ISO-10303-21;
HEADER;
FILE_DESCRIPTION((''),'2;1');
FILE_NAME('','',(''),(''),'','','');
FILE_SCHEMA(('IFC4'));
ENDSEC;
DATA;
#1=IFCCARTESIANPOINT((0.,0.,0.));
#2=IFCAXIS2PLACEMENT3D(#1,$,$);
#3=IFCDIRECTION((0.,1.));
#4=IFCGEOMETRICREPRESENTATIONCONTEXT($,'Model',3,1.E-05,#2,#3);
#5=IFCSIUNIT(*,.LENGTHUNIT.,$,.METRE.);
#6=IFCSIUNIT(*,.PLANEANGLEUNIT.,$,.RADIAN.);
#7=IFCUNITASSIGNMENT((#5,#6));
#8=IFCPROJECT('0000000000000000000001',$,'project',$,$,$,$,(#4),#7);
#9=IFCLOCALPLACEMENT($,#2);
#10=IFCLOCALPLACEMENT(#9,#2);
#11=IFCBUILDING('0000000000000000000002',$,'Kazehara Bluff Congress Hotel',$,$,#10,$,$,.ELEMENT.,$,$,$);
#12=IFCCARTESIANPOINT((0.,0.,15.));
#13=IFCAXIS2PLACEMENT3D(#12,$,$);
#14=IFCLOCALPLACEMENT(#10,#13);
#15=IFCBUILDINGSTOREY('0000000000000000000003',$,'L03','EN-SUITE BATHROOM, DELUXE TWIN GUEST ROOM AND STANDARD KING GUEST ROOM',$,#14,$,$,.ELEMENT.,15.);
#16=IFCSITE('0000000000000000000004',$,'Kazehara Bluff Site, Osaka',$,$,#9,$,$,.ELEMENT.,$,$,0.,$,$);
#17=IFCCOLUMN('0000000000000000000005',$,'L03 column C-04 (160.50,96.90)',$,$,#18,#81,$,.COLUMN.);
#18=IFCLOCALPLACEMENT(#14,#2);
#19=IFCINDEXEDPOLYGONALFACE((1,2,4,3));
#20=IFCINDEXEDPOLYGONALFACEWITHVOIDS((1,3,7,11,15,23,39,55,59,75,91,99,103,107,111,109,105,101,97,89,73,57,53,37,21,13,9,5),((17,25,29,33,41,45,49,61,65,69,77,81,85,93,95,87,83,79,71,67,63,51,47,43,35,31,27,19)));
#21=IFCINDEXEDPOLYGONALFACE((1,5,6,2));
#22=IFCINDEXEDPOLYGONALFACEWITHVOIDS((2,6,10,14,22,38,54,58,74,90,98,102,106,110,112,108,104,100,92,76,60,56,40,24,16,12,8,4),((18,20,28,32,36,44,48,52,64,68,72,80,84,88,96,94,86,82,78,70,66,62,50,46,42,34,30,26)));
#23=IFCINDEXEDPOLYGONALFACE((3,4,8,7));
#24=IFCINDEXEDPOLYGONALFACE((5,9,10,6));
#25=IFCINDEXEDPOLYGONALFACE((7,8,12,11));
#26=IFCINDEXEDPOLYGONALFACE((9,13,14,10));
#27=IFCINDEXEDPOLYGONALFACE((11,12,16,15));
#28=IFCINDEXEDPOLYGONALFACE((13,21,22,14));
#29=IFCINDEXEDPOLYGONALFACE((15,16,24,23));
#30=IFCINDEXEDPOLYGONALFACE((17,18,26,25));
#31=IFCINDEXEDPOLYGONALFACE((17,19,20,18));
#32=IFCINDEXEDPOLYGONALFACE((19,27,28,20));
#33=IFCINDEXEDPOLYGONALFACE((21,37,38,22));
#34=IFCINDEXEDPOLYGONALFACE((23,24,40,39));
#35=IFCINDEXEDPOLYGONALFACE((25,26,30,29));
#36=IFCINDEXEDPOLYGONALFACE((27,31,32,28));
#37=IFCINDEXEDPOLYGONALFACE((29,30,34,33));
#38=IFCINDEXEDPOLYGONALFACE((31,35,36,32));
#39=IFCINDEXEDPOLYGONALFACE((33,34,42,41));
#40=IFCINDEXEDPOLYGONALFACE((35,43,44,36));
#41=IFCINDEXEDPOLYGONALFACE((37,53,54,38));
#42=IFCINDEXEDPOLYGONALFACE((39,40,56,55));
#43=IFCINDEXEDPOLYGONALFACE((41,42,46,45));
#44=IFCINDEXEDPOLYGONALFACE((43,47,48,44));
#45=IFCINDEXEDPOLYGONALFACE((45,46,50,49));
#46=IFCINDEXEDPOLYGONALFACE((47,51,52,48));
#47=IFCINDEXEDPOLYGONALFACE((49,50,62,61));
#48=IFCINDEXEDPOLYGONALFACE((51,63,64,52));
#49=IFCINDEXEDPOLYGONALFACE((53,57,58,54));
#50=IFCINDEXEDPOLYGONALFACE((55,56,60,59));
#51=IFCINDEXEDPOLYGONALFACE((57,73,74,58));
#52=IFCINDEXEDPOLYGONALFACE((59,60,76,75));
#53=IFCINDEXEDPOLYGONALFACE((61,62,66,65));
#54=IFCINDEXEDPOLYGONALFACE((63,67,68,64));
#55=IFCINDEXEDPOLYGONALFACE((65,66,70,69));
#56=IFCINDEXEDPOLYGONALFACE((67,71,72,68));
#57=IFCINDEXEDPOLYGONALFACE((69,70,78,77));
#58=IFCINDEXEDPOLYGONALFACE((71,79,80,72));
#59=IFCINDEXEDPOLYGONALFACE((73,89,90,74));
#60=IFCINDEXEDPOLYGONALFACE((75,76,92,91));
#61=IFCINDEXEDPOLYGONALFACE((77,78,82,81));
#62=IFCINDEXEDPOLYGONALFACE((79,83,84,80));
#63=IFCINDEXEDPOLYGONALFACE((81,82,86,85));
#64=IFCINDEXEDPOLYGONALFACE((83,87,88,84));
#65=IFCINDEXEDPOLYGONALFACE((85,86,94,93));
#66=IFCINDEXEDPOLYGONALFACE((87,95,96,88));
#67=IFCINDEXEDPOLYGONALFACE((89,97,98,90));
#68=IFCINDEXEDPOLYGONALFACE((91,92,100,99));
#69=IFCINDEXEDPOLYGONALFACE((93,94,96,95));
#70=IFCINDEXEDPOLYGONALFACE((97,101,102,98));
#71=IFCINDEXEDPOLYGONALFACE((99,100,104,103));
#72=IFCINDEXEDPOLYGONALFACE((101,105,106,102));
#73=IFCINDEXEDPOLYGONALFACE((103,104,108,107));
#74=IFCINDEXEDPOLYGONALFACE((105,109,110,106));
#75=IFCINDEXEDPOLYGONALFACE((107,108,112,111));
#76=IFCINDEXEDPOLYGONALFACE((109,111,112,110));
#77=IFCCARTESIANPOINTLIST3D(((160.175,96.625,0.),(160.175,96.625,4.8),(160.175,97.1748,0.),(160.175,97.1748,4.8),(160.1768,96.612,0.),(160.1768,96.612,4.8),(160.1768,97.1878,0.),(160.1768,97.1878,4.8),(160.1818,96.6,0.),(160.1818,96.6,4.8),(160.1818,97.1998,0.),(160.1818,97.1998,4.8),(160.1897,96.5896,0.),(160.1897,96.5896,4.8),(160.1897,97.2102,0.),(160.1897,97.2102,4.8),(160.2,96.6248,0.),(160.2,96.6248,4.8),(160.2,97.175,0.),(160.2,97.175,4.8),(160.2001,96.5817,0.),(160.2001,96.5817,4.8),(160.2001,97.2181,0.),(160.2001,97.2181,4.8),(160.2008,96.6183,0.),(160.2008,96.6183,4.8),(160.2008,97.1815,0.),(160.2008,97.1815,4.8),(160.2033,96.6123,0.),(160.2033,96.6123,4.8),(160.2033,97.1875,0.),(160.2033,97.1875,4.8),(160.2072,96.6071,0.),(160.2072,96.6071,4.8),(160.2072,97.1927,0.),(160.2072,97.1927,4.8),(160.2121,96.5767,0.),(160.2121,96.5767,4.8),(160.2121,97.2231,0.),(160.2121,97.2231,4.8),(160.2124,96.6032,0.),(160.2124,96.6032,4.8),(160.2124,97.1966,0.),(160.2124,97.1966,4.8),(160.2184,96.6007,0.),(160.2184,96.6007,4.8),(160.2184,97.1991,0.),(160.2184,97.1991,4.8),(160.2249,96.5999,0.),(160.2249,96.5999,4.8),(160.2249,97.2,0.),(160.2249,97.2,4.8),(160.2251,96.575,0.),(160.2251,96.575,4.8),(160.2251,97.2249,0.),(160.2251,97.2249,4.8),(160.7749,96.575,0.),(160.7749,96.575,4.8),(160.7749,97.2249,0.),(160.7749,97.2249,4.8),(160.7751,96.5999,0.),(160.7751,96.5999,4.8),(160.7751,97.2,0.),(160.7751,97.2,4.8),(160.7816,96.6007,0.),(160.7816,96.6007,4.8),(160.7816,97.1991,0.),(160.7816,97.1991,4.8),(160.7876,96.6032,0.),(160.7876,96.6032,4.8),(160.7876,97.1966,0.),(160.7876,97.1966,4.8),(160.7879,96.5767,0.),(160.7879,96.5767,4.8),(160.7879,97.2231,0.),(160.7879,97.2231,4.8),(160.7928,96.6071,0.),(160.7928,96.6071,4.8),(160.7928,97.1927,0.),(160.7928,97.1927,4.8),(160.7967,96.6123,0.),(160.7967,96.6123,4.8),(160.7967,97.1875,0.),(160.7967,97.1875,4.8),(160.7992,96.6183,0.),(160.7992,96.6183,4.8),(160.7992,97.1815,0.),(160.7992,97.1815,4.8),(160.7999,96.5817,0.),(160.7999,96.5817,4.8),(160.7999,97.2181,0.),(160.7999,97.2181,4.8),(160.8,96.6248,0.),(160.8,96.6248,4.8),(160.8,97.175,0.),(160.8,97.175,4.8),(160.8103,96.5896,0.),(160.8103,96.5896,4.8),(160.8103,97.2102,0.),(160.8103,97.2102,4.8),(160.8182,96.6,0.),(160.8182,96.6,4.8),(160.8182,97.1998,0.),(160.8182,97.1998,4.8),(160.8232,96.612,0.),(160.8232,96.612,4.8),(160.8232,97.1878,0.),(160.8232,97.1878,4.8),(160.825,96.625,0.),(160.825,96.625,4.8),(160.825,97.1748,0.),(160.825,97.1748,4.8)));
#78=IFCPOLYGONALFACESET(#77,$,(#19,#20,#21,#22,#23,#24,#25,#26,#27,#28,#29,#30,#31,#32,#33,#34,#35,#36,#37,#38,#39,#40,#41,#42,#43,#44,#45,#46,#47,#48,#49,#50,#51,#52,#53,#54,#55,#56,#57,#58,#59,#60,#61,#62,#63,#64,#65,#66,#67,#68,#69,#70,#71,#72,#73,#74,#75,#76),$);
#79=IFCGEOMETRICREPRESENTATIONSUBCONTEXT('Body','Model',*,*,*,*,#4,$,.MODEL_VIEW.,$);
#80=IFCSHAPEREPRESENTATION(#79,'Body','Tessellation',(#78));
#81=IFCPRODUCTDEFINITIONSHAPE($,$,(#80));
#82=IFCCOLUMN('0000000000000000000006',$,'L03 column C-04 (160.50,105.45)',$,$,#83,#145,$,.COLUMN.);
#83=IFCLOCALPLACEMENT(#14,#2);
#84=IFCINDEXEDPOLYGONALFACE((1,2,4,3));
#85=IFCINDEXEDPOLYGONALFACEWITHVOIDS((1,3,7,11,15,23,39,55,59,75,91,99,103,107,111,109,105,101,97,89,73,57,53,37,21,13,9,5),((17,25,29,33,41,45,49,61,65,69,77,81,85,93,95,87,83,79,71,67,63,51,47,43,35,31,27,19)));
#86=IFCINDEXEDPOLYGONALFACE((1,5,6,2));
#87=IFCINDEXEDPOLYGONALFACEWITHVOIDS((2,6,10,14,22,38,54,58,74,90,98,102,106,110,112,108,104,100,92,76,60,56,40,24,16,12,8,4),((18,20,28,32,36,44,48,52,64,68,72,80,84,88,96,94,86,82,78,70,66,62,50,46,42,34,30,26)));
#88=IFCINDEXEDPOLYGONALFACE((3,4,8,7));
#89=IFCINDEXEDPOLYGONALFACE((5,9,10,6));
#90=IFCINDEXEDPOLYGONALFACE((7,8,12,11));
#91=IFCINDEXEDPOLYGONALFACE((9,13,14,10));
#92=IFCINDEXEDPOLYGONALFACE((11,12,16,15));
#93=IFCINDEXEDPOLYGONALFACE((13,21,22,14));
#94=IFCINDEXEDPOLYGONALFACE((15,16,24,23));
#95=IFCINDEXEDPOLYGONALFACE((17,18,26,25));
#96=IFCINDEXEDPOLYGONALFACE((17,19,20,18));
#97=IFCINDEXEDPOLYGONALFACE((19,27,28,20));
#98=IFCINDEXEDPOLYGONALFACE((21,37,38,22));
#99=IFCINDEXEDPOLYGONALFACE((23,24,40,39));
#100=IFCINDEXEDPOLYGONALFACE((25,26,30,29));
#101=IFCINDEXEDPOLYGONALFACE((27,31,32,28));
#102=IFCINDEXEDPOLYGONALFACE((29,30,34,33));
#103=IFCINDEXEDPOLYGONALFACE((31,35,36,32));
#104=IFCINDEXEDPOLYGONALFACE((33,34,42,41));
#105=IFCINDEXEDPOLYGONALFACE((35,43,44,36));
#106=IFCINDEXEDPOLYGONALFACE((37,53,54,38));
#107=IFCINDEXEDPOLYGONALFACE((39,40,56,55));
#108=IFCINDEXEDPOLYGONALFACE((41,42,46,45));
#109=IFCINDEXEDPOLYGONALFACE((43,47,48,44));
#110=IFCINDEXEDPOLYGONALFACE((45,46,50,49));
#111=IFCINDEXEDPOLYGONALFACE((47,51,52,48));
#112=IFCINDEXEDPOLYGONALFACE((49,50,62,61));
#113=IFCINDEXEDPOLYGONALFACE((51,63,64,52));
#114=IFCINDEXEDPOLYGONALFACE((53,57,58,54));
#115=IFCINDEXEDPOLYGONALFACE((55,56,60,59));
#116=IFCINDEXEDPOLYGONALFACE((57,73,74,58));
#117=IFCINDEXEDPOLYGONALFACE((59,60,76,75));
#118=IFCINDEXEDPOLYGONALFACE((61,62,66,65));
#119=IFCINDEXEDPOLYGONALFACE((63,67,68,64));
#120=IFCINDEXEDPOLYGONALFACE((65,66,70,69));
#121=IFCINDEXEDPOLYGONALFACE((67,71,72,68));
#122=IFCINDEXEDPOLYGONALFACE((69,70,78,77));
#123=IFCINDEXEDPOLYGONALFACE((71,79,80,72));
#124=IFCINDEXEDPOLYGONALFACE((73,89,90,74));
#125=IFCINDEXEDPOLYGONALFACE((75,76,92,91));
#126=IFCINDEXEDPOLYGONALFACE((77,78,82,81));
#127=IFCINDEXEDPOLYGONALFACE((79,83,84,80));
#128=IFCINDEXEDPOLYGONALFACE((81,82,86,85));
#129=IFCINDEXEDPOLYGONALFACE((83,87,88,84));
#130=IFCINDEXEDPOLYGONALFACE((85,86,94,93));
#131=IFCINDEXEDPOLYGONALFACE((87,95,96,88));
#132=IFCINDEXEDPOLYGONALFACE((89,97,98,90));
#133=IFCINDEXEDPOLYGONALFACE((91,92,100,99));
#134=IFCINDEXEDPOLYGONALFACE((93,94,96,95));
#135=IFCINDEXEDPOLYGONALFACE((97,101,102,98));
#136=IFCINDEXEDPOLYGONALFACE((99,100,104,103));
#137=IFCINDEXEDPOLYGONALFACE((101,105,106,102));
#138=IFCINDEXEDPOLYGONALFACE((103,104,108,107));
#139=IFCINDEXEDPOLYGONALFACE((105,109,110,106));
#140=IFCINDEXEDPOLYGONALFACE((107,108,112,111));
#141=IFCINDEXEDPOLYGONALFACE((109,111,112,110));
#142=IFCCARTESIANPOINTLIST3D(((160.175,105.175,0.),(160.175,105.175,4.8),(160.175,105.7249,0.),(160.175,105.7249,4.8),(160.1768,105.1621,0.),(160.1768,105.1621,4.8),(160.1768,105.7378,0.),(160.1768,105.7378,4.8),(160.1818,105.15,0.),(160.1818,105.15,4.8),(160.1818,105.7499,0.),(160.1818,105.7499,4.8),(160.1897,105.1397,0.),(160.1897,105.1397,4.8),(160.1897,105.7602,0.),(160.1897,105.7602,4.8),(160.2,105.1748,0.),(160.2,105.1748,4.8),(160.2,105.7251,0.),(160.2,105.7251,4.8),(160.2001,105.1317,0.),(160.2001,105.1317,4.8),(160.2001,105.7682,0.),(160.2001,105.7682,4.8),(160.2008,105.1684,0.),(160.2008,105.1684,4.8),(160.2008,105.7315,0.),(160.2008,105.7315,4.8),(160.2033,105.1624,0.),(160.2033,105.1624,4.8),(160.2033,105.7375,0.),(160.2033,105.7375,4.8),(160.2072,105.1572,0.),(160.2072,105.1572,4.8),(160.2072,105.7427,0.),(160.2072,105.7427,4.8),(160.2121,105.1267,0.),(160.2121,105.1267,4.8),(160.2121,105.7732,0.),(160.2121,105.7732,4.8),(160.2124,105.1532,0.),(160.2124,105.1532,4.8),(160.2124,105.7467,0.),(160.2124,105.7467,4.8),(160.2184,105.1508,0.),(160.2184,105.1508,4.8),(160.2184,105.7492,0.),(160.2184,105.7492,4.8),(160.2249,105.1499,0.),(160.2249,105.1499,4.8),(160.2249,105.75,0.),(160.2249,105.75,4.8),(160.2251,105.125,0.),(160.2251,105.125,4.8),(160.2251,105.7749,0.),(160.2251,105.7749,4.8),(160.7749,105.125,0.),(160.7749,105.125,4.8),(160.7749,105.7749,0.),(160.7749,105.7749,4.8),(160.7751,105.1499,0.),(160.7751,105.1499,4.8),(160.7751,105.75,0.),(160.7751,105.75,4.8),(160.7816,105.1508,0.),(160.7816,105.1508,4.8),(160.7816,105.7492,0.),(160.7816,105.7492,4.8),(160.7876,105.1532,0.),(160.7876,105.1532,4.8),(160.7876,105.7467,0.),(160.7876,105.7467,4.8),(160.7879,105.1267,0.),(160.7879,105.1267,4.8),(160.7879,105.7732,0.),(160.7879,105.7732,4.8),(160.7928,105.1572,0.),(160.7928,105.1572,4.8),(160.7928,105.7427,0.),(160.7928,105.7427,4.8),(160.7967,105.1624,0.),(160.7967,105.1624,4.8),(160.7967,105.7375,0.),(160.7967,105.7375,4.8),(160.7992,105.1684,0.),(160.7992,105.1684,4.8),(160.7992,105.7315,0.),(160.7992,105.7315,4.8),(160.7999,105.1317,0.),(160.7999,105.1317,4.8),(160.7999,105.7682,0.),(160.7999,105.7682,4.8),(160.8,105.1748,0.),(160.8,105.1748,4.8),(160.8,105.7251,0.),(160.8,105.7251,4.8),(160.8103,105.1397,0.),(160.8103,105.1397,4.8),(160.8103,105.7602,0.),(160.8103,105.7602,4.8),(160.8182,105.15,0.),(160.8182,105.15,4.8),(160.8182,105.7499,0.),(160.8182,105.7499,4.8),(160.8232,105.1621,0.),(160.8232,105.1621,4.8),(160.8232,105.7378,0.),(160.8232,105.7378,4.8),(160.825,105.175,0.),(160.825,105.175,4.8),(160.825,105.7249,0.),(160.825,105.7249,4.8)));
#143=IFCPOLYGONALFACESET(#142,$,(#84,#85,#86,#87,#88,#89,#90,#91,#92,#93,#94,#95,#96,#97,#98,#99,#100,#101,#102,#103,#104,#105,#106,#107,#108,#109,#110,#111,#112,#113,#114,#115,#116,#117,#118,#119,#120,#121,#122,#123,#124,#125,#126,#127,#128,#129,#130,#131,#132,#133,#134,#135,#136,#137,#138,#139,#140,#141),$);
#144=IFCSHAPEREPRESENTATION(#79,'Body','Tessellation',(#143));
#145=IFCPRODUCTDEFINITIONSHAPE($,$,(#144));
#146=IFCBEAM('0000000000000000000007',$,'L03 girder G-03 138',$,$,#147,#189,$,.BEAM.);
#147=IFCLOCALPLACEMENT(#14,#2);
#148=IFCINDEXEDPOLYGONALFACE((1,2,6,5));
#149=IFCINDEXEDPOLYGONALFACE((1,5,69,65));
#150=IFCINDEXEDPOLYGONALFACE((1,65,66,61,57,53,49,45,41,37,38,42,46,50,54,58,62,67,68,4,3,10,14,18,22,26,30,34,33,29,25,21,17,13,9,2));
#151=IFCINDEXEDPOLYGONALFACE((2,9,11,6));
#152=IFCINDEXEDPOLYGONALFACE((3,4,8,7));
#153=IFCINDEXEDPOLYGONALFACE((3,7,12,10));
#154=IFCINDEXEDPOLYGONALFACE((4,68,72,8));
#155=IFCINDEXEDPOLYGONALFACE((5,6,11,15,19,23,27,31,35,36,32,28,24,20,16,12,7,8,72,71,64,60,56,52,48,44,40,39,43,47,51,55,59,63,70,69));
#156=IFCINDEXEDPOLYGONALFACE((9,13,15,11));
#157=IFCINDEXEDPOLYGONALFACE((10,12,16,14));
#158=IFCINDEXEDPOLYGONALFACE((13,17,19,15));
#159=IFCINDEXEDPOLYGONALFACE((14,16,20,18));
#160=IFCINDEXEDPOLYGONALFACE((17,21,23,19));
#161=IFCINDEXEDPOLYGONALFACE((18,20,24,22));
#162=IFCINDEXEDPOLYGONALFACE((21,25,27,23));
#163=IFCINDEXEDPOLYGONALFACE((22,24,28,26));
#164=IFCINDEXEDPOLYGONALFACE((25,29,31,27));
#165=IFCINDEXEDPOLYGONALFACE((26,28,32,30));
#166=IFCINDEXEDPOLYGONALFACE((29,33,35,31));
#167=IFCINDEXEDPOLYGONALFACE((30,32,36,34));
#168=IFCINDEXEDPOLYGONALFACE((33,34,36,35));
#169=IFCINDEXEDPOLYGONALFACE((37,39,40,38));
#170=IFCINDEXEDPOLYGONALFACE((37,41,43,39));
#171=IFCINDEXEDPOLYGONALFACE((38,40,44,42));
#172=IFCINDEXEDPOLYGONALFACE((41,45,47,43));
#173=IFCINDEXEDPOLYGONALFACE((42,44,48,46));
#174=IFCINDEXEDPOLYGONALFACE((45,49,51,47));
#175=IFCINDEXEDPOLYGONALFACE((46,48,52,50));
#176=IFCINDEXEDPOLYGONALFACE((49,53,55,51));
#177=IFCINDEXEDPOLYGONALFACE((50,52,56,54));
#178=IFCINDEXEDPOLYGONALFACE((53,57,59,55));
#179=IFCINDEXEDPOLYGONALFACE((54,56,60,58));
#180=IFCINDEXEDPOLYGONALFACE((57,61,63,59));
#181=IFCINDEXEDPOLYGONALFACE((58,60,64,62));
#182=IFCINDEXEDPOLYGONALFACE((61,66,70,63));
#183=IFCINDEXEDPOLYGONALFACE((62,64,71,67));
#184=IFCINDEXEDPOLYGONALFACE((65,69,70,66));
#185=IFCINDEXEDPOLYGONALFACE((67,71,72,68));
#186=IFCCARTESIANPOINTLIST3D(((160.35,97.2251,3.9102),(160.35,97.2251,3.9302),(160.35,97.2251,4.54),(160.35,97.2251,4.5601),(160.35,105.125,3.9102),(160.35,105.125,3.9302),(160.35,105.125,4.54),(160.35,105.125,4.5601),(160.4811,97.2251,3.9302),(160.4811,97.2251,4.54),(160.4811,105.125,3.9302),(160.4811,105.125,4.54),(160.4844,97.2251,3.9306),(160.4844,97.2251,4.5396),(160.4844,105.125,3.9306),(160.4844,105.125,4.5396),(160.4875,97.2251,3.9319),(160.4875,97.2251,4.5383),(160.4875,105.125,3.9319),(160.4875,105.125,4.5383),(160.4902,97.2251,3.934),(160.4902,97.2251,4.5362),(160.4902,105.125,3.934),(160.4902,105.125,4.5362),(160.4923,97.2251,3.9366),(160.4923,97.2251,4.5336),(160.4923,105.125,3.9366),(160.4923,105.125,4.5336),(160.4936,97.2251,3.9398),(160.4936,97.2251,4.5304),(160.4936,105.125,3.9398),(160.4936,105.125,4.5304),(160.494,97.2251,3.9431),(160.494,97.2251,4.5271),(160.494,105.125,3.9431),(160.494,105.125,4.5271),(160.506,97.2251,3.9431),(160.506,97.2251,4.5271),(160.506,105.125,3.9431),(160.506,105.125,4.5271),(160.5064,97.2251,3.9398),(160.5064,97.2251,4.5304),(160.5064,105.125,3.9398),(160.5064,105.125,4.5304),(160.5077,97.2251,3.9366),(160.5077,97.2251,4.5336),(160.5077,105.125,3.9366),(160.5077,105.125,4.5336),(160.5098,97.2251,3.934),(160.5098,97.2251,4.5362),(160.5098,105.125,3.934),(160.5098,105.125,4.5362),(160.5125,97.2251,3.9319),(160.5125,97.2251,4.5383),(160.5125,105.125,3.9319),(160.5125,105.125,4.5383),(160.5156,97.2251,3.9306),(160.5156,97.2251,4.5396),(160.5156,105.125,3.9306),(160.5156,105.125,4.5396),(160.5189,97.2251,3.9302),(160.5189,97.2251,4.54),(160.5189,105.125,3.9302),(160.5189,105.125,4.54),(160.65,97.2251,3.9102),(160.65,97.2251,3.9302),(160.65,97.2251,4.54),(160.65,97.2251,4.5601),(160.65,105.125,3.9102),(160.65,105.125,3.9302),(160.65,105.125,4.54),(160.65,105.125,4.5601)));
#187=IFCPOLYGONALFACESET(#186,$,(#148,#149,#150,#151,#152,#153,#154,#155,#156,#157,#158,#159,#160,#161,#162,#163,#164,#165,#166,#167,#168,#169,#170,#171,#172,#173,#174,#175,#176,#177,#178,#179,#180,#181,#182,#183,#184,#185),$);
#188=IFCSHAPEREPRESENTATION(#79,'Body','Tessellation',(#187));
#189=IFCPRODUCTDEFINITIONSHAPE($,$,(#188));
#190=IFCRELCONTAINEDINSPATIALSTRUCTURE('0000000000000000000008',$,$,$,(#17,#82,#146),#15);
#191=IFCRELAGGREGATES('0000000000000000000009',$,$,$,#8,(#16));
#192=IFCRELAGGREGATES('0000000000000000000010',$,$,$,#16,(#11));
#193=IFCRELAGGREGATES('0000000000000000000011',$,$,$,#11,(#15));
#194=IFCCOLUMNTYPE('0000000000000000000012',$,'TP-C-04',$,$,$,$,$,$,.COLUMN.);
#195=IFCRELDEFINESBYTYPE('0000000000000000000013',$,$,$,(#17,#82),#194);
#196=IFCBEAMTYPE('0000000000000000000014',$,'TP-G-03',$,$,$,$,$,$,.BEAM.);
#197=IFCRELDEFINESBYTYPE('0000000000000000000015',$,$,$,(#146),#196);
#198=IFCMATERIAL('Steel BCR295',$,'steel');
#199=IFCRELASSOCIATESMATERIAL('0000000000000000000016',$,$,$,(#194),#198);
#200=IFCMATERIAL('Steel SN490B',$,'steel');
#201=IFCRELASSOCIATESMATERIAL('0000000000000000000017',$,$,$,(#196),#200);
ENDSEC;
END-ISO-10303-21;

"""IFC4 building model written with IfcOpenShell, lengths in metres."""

from ifc_helpers import new_model, si_unit, direction, frame, origin, origin_2d, place, context, subcontext, project, spatial, hollow_rectangle, i_section, extrude, material, material_profile, profile_set, type_object, element, save


model = new_model("IFC4")

# Units and contexts
model_context = context("Model", 3, precision=1e-05, world=origin(), true_north=direction((0.0, 1.0)))
body_context = subcontext(model_context, "Body", "Model", "MODEL_VIEW")
ifc_project = project(units=[si_unit("LENGTHUNIT", "METRE"), si_unit("PLANEANGLEUNIT", "RADIAN")], contexts=[model_context])

# Site, building, storey
site_placement = place(None, origin())
site = spatial("IfcSite", under=ifc_project, at=site_placement, Name="Kazehara Bluff Site, Osaka", CompositionType="ELEMENT", RefElevation=0.0)
building_placement = place(site_placement, origin())
building = spatial("IfcBuilding", under=site, at=building_placement, Name="Kazehara Bluff Congress Hotel", CompositionType="ELEMENT")
storey_placement = place(building_placement, frame((0.0, 0.0, 15.0)))
storey = spatial("IfcBuildingStorey", under=building, at=storey_placement, Name="L03", Description="EN-SUITE BATHROOM, DELUXE TWIN GUEST ROOM AND STANDARD KING GUEST ROOM", CompositionType="ELEMENT", Elevation=15.0)

# Columns
ifc_material_1 = material(Name="Steel BCR295", Category="steel")
ifc_material_profile_1 = material_profile(ifc_material_1, hollow_rectangle(XDim=0.6499, YDim=0.6499, WallThickness=0.0249, InnerFilletRadius=0.0249, OuterFilletRadius=0.05, at=origin_2d()))
ifc_profile_set_1 = profile_set([ifc_material_profile_1], Name="Steel BCR295")
column_type = type_object("IfcColumnType", Name="TP-C-04", PredefinedType="COLUMN", material=ifc_profile_set_1)
for number, where, z_axis, x_axis, name in (
    (1, (160.5, 96.8999, 0.0), (0.0, 0.0, 1.0), (1.0, 0.0, 0.0), "L03 column C-04 (160.50,96.90)"),
    (2, (160.5, 105.45, 0.0), (0.0, 0.0, 1.0), (1.0, 0.0, 0.0), "L03 column C-04 (160.50,105.45)"),
):
    element("IfcColumn", number, at=place(storey_placement, frame(where, z_axis=z_axis, x_axis=x_axis)), inside=storey, type_object=column_type, Name=name, PredefinedType="COLUMN", context=body_context, shape_type="SweptSolid", body=[
        extrude(hollow_rectangle(XDim=0.6499, YDim=0.6499, WallThickness=0.0249, InnerFilletRadius=0.0249, OuterFilletRadius=0.05, at=origin_2d()), origin(), (0.0, 0.0, 1.0), 4.8),
    ])

# Beam
ifc_material_2 = material(Name="Steel SN490B", Category="steel")
ifc_material_profile_2 = material_profile(ifc_material_2, i_section(OverallWidth=0.3, OverallDepth=0.6499, WebThickness=0.012, FlangeThickness=0.02, FilletRadius=0.0129, at=origin_2d()))
ifc_profile_set_2 = profile_set([ifc_material_profile_2], Name="Steel SN490B")
beam_type_1 = type_object("IfcBeamType", Name="TP-G-03", PredefinedType="BEAM", material=ifc_profile_set_2)
beam_1_placement = place(storey_placement, frame((160.5, 97.2251, 4.2351), z_axis=(0.0, 1.0, 0.0), x_axis=(-1.0, 0.0, 0.0)))
element("IfcBeam", 3, at=beam_1_placement, inside=storey, type_object=beam_type_1, Name="L03 girder G-03 138", PredefinedType="BEAM", context=body_context, shape_type="SweptSolid", body=[
    extrude(i_section(OverallWidth=0.3, OverallDepth=0.6499, WebThickness=0.012, FlangeThickness=0.02, FilletRadius=0.0129, at=origin_2d()), origin(), (0.0, 0.0, 1.0), 7.8999),
])

save(model, "model.ifc")
